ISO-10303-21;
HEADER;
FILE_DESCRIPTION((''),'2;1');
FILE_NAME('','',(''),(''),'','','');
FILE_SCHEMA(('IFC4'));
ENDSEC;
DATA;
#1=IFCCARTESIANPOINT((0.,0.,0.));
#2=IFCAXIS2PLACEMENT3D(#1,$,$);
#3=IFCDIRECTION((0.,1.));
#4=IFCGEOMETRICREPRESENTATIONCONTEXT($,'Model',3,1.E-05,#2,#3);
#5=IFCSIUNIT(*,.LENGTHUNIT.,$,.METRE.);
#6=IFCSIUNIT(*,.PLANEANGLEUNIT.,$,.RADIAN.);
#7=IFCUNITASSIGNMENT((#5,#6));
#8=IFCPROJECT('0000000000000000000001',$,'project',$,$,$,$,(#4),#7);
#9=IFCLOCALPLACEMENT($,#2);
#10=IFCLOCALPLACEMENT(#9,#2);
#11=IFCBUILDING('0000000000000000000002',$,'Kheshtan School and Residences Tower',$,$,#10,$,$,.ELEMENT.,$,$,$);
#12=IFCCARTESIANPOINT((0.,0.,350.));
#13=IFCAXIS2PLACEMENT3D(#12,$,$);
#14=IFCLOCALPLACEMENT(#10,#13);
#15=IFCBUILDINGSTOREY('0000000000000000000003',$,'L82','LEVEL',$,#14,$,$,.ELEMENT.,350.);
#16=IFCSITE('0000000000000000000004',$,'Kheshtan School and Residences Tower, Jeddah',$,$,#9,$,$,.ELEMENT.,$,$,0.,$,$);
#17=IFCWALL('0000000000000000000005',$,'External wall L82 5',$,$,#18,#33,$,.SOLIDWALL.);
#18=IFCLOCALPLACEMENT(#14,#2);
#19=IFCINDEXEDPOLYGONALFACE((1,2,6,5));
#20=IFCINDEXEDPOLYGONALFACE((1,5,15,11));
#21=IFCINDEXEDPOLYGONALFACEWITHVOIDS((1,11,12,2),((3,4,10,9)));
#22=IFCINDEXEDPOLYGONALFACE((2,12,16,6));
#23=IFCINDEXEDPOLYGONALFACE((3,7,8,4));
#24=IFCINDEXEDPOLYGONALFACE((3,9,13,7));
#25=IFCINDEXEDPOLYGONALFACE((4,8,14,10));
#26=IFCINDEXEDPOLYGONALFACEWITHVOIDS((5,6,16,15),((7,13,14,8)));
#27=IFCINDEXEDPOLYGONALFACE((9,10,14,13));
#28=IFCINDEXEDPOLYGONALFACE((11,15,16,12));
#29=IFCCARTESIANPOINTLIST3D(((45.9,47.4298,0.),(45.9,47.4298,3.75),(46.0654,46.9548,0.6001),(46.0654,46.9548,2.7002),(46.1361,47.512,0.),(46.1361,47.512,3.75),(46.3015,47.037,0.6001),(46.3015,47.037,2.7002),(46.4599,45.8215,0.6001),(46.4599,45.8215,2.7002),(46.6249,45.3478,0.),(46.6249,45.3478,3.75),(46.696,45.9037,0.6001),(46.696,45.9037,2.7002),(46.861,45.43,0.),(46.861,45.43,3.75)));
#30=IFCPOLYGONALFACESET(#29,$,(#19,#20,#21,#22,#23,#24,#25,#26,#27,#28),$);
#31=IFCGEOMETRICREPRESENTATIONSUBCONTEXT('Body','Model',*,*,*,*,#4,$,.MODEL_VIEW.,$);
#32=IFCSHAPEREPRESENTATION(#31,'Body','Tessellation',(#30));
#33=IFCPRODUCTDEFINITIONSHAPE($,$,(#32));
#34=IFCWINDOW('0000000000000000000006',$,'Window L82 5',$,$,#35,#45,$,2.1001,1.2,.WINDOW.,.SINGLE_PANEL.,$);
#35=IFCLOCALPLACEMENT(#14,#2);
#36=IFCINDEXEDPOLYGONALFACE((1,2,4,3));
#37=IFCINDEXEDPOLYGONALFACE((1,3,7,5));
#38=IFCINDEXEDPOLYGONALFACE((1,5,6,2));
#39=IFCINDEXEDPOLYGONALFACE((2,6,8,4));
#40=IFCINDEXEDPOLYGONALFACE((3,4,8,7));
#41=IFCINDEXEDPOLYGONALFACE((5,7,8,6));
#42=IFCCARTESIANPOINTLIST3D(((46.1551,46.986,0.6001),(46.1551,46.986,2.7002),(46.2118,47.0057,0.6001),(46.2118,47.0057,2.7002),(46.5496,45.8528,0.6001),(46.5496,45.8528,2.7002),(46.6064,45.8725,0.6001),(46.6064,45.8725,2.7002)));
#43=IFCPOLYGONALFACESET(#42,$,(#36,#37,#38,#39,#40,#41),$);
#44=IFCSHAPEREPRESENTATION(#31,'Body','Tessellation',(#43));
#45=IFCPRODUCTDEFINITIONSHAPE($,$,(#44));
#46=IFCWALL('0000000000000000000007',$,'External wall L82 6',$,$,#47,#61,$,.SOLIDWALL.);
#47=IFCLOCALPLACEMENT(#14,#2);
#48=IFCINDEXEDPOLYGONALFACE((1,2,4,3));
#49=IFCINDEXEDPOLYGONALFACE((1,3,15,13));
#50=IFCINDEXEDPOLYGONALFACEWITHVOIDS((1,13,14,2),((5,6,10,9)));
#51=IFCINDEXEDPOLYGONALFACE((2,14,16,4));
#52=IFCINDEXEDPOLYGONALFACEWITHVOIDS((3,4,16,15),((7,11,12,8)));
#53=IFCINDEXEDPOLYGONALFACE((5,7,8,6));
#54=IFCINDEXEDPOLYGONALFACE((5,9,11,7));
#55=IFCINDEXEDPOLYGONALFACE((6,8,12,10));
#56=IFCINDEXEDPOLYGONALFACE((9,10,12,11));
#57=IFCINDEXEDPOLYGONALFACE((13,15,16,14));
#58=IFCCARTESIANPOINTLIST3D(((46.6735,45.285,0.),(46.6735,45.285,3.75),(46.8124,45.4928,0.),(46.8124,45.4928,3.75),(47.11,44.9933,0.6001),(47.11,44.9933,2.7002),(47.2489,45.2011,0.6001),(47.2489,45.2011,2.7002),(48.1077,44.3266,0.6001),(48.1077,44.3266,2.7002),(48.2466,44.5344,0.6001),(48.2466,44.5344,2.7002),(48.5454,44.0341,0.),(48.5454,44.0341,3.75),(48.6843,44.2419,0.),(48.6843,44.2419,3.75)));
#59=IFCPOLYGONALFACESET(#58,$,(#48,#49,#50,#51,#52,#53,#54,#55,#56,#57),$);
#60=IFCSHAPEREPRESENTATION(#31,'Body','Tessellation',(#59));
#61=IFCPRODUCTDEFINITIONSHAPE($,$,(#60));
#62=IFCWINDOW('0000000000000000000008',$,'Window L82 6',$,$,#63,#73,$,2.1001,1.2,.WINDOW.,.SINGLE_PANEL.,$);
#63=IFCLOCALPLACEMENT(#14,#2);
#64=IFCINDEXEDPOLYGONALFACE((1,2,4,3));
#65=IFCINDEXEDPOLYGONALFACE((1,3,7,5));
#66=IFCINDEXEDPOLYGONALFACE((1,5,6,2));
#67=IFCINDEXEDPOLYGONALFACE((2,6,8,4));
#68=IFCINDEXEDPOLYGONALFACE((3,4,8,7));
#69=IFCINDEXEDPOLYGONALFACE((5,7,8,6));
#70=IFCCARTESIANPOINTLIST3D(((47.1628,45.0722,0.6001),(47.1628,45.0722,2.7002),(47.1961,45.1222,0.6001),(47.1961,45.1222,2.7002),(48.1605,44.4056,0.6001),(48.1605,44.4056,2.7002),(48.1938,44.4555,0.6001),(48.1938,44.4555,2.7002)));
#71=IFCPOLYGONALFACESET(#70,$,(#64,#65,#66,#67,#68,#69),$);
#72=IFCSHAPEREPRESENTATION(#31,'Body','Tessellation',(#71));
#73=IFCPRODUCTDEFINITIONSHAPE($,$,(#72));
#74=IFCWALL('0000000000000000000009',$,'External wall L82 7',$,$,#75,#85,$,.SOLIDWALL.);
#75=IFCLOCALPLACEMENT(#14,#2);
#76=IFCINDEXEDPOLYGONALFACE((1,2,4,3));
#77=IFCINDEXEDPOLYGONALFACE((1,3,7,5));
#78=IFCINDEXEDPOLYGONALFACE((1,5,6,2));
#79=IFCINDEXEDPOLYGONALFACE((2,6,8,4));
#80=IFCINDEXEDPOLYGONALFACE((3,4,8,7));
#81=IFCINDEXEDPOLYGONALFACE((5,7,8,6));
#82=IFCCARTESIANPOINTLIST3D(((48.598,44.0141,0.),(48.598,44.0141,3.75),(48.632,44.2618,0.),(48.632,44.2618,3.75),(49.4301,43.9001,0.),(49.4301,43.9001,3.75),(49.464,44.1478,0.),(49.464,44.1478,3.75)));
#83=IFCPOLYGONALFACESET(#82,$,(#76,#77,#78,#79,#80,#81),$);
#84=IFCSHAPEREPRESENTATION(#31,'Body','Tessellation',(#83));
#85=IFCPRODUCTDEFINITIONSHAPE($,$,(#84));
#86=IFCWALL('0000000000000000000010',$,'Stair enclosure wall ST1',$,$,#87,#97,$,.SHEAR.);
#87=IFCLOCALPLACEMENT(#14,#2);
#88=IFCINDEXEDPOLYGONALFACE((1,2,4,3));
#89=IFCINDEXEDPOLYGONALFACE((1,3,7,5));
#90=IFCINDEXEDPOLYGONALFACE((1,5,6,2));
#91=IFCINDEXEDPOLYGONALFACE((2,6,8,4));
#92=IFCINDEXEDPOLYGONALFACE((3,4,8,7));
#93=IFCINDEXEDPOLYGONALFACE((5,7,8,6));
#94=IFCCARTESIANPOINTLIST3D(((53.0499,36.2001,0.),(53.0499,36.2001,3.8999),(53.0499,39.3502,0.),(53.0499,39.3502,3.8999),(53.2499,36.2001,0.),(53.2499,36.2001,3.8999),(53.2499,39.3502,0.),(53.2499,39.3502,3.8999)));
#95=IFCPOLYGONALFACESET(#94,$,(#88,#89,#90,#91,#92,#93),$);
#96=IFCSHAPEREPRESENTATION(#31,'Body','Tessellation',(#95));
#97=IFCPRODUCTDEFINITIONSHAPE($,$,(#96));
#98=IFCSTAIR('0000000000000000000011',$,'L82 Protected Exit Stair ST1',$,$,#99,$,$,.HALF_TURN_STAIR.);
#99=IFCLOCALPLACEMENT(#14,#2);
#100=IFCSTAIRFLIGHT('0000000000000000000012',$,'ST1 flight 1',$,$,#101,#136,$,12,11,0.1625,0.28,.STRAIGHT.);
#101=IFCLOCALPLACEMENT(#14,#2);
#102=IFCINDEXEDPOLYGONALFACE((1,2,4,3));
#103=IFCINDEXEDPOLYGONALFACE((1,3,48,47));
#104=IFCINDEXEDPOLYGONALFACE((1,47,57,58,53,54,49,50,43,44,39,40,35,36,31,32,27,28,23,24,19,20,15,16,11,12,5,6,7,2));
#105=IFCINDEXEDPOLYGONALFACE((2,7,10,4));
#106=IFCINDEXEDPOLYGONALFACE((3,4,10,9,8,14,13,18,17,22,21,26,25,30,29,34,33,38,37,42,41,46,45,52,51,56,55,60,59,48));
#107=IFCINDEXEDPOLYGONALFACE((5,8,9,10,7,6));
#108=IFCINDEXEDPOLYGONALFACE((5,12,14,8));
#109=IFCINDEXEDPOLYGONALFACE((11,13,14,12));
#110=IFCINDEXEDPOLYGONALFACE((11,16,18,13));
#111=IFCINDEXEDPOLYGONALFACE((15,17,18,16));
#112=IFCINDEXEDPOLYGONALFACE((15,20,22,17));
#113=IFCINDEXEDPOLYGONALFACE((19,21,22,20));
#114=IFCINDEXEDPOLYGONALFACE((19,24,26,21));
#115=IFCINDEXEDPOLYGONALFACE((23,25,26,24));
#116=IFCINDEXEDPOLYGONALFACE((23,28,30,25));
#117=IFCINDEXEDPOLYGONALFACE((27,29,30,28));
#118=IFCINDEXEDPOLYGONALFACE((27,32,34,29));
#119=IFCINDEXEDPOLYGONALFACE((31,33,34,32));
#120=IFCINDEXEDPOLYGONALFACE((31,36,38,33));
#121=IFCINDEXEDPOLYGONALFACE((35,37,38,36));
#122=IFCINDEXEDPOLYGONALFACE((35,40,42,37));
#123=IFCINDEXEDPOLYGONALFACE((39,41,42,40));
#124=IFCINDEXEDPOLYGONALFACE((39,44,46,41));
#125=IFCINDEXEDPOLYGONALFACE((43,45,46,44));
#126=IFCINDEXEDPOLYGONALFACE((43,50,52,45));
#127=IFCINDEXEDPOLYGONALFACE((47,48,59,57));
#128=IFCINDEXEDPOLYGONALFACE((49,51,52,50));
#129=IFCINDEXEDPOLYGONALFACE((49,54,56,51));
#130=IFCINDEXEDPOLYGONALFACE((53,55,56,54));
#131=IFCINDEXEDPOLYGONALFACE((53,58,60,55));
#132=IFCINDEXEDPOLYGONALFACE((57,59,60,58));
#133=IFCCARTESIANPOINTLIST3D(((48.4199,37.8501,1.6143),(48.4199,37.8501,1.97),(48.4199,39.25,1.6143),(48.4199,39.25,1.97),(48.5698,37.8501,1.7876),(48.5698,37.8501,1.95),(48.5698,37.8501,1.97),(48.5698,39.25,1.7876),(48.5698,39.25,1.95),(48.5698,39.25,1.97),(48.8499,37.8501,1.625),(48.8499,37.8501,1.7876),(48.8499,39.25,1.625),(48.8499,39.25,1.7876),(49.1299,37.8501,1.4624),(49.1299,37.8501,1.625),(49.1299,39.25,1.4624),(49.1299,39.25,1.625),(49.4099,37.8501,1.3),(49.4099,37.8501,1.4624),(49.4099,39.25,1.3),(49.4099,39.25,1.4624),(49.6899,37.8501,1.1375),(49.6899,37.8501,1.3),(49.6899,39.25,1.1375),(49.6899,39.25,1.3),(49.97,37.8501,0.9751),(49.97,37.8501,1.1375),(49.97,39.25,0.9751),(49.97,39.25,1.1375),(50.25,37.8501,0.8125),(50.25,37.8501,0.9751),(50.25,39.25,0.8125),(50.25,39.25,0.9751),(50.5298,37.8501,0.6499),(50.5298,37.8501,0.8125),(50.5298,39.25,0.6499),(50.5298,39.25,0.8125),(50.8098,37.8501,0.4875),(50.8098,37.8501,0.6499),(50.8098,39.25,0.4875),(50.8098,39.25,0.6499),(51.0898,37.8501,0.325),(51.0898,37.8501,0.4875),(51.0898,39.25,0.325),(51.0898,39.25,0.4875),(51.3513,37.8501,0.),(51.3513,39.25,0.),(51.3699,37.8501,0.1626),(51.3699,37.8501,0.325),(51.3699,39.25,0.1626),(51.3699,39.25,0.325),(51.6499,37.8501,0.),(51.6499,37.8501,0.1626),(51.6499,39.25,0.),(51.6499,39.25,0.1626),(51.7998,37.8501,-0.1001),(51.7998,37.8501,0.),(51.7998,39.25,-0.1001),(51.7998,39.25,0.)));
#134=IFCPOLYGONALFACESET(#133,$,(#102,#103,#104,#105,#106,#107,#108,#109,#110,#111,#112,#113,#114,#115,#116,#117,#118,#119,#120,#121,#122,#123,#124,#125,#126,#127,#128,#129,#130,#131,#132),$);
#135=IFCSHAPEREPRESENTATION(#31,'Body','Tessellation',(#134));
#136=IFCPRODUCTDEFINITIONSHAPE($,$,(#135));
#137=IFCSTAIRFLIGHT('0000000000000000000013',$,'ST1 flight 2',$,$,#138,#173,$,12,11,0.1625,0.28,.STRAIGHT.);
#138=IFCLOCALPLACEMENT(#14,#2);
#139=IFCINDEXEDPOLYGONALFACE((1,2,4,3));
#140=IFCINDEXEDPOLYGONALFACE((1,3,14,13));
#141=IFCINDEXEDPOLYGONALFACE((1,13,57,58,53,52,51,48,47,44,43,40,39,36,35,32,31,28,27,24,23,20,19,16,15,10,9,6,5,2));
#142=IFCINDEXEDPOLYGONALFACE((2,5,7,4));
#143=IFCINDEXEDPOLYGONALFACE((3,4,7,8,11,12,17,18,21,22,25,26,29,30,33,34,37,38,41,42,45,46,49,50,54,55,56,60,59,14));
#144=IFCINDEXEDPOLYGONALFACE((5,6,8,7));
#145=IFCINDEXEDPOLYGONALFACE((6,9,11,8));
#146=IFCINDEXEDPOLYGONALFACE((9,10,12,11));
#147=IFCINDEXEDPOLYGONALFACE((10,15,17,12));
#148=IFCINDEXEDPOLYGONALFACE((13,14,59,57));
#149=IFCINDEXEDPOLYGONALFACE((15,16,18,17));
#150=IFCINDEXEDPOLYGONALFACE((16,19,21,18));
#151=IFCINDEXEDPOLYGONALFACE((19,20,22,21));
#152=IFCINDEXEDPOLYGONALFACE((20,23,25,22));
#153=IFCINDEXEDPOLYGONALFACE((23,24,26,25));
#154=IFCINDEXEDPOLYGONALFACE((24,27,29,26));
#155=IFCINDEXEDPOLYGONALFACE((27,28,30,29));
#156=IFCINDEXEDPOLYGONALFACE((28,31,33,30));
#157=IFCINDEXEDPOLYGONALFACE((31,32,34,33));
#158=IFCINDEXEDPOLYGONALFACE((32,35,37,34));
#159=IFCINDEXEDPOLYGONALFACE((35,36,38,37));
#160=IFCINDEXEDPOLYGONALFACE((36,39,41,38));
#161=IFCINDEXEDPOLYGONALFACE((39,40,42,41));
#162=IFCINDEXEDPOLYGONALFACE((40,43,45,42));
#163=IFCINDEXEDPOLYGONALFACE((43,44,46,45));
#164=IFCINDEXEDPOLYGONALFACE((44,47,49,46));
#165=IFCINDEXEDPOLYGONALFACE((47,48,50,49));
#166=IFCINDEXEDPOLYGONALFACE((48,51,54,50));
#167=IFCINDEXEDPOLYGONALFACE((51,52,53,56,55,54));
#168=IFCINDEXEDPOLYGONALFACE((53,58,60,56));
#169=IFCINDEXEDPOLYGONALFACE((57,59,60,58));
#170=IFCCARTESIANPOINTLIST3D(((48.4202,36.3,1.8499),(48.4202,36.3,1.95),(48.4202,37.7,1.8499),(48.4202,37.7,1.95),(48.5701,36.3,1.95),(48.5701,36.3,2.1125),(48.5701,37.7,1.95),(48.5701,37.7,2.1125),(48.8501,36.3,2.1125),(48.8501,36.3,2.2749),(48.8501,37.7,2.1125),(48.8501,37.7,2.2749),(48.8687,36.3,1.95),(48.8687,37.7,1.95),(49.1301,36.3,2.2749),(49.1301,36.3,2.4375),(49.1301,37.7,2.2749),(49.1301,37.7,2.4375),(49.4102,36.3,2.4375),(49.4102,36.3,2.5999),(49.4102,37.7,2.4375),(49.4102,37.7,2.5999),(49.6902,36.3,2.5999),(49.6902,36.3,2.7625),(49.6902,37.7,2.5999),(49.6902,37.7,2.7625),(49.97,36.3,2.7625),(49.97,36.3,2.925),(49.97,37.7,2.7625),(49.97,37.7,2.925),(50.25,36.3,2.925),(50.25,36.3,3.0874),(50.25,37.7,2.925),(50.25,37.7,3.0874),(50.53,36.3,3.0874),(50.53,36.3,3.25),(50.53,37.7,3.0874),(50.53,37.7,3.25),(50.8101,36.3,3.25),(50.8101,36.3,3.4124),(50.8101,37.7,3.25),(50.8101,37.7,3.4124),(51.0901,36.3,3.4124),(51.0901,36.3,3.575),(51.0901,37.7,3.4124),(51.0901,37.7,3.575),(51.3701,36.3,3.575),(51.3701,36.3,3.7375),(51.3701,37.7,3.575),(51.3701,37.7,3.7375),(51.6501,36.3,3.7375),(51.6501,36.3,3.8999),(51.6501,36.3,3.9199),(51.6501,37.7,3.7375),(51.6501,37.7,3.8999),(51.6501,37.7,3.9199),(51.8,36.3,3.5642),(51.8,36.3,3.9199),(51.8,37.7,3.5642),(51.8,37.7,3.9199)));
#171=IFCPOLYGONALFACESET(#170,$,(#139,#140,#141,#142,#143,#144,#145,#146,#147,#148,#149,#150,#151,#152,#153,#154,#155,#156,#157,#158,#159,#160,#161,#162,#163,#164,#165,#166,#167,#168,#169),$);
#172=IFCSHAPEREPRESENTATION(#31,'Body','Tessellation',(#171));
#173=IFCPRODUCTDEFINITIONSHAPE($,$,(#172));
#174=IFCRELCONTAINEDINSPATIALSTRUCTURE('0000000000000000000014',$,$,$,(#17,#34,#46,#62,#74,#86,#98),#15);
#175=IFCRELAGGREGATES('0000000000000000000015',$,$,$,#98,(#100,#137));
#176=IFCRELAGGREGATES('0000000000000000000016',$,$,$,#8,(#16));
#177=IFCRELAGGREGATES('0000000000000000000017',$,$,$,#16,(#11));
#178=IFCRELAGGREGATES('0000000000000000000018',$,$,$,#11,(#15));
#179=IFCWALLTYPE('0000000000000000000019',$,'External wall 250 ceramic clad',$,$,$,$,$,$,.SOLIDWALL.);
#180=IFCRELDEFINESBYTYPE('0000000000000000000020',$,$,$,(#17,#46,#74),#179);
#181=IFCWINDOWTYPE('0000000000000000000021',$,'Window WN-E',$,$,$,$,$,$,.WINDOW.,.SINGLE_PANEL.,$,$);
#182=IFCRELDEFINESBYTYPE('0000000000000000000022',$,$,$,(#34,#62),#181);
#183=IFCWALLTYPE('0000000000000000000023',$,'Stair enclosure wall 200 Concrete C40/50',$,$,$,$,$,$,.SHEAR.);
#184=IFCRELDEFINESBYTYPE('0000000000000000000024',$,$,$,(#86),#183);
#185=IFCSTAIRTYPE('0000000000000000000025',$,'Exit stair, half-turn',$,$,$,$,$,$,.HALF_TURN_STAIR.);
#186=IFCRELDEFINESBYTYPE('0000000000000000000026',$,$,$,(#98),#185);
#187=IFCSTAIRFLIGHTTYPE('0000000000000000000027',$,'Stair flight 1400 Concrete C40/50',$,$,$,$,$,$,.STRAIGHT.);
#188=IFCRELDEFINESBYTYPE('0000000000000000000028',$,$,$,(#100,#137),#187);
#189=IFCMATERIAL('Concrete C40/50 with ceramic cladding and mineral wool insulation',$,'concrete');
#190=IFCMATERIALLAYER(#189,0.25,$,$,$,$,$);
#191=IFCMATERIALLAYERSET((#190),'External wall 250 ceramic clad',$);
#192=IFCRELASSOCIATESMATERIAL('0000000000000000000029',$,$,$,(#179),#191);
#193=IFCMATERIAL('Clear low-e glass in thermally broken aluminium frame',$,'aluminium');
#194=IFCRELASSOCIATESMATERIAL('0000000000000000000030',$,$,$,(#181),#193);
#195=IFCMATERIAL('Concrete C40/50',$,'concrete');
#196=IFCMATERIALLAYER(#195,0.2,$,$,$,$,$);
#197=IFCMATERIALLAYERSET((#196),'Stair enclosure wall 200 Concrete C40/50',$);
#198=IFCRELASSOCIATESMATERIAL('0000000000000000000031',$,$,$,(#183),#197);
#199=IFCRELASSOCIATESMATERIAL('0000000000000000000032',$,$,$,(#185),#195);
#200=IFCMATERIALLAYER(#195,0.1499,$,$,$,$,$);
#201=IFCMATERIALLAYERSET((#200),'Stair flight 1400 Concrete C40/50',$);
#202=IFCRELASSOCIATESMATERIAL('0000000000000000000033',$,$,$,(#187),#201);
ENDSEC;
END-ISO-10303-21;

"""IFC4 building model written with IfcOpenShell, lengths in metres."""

from ifc_helpers import new_model, si_unit, direction, frame, frame_2d, origin, place, context, subcontext, project, spatial, polyline, rectangle, outline, extrude, source, transform, mapped, material, layer, layer_set, type_object, element, fill, aggregate, save


model = new_model("IFC4")

# Units and contexts
model_context = context("Model", 3, precision=1e-05, world=origin(), true_north=direction((0.0, 1.0)))
body_context = subcontext(model_context, "Body", "Model", "MODEL_VIEW")
ifc_project = project(units=[si_unit("LENGTHUNIT", "METRE"), si_unit("PLANEANGLEUNIT", "RADIAN")], contexts=[model_context])

# Site, building, storey
site_placement = place(None, origin())
site = spatial("IfcSite", under=ifc_project, at=site_placement, Name="Kheshtan School and Residences Tower, Jeddah", CompositionType="ELEMENT", RefElevation=0.0)
building_placement = place(site_placement, origin())
building = spatial("IfcBuilding", under=site, at=building_placement, Name="Kheshtan School and Residences Tower", CompositionType="ELEMENT")
storey_placement = place(building_placement, frame((0.0, 0.0, 350.0)))
storey = spatial("IfcBuildingStorey", under=building, at=storey_placement, Name="L82", Description="LEVEL", CompositionType="ELEMENT", Elevation=350.0)

# Shared definitions
ifc_material_1 = material(Name="Clear low-e glass in thermally broken aluminium frame", Category="aluminium")

# Walls, openings, windows
ifc_material_2 = material(Name="Concrete C40/50 with ceramic cladding and mineral wool insulation", Category="concrete")
ifc_layer_1 = layer(ifc_material_2, 0.25)
ifc_layer_set_1 = layer_set([ifc_layer_1], Name="External wall 250 ceramic clad")
wall_type_1 = type_object("IfcWallType", Name="External wall 250 ceramic clad", PredefinedType="SOLIDWALL", material=ifc_layer_set_1)
wall_1_placement = place(storey_placement, frame((46.0181, 47.4709, 0.0), z_axis=(0.0, 0.0, 1.0), x_axis=(0.328791, -0.944403, 0.0)))
wall_1 = element("IfcWall", 1, at=wall_1_placement, inside=storey, type_object=wall_type_1, Name="External wall L82 5", PredefinedType="SOLIDWALL", context=body_context, shape_type="SweptSolid", body=[
    extrude(rectangle(XDim=2.2046, YDim=0.25, at=frame_2d((1.1023, 0.0))), origin(), (0.0, 0.0, 1.0), 3.75),
])
opening_1_placement = place(wall_1_placement, frame((0.5029, 0.0, 0.6001)))
opening_1 = element("IfcOpeningElement", 2, at=opening_1_placement, cuts=wall_1, PredefinedType="OPENING", context=body_context, shape_type="SweptSolid", body=[
    extrude(rectangle(XDim=1.2, YDim=2.1001, at=frame_2d((0.6001, 1.05))), frame((0.0, 0.135, 0.0), z_axis=(0.0, -1.0, 0.0), x_axis=(1.0, 0.0, 0.0)), (0.0, 0.0, 1.0), 0.27),
])
window_type = type_object("IfcWindowType", Name="Window WN-E", PartitioningType="SINGLE_PANEL", PredefinedType="WINDOW", material=ifc_material_1)
shared_shape_1 = source(origin(), body_context, "Body", "SweptSolid", [
    extrude(rectangle(XDim=1.2, YDim=2.1001, at=frame_2d((0.6001, 1.05))), frame((0.0, 0.03, 0.0), z_axis=(0.0, -1.0, 0.0), x_axis=(1.0, 0.0, 0.0)), (0.0, 0.0, 1.0), 0.0601),
])
window_1_placement = place(opening_1_placement, origin())
window_1 = element("IfcWindow", 3, at=window_1_placement, inside=storey, type_object=window_type, Name="Window L82 5", OverallHeight=2.1001, OverallWidth=1.2, PartitioningType="SINGLE_PANEL", PredefinedType="WINDOW", context=body_context, shape_type="MappedRepresentation", body=[
    mapped(shared_shape_1, transform((0.0, 0.0, 0.0), x_axis=(1.0, 0.0, 0.0), y_axis=(0.0, 1.0, 0.0), z_axis=(0.0, 0.0, 1.0), scale=1.0)),
])
fill(opening_1, window_1)
wall_2_placement = place(storey_placement, frame((46.7429, 45.3889, 0.0), z_axis=(0.0, 0.0, 1.0), x_axis=(0.831449, -0.555601, 0.0)))
wall_2 = element("IfcWall", 4, at=wall_2_placement, inside=storey, type_object=wall_type_1, Name="External wall L82 6", PredefinedType="SOLIDWALL", context=body_context, shape_type="SweptSolid", body=[
    extrude(rectangle(XDim=2.2515, YDim=0.25, at=frame_2d((1.1257, 0.0))), origin(), (0.0, 0.0, 1.0), 3.75),
])
opening_2_placement = place(wall_2_placement, frame((0.5249, 0.0, 0.6001)))
opening_2 = element("IfcOpeningElement", 5, at=opening_2_placement, cuts=wall_2, PredefinedType="OPENING", context=body_context, shape_type="SweptSolid", body=[
    extrude(rectangle(XDim=1.2, YDim=2.1001, at=frame_2d((0.6001, 1.05))), frame((0.0, 0.135, 0.0), z_axis=(0.0, -1.0, 0.0), x_axis=(1.0, 0.0, 0.0)), (0.0, 0.0, 1.0), 0.27),
])
window_2_placement = place(opening_2_placement, origin())
window_2 = element("IfcWindow", 6, at=window_2_placement, inside=storey, type_object=window_type, Name="Window L82 6", OverallHeight=2.1001, OverallWidth=1.2, PartitioningType="SINGLE_PANEL", PredefinedType="WINDOW", context=body_context, shape_type="MappedRepresentation", body=[
    mapped(shared_shape_1, transform((0.0, 0.0, 0.0), x_axis=(1.0, 0.0, 0.0), y_axis=(0.0, 1.0, 0.0), z_axis=(0.0, 0.0, 1.0), scale=1.0)),
])
fill(opening_2, window_2)

# Wall
wall_3_placement = place(storey_placement, frame((48.615, 44.1379, 0.0), z_axis=(0.0, 0.0, 1.0), x_axis=(0.990742, -0.135762, 0.0)))
element("IfcWall", 7, at=wall_3_placement, inside=storey, type_object=wall_type_1, Name="External wall L82 7", PredefinedType="SOLIDWALL", context=body_context, shape_type="SweptSolid", body=[
    extrude(rectangle(XDim=0.8398, YDim=0.25, at=frame_2d((0.4199, 0.0))), origin(), (0.0, 0.0, 1.0), 3.75),
])

# Wall
ifc_material_3 = material(Name="Concrete C40/50", Category="concrete")
ifc_layer_2 = layer(ifc_material_3, 0.2)
ifc_layer_set_2 = layer_set([ifc_layer_2], Name="Stair enclosure wall 200 Concrete C40/50")
wall_type_2 = type_object("IfcWallType", Name="Stair enclosure wall 200 Concrete C40/50", PredefinedType="SHEAR", material=ifc_layer_set_2)
wall_4_placement = place(storey_placement, frame((53.1499, 36.2, 0.0), z_axis=(0.0, 0.0, 1.0), x_axis=(0.0, 1.0, 0.0)))
element("IfcWall", 8, at=wall_4_placement, inside=storey, type_object=wall_type_2, Name="Stair enclosure wall ST1", PredefinedType="SHEAR", context=body_context, shape_type="SweptSolid", body=[
    extrude(rectangle(XDim=3.1501, YDim=0.2, at=frame_2d((1.5752, 0.0))), origin(), (0.0, 0.0, 1.0), 3.8999),
])

# Stair, stair flights
stair_type = type_object("IfcStairType", Name="Exit stair, half-turn", PredefinedType="HALF_TURN_STAIR", material=ifc_material_3)
stair_placement = place(storey_placement, origin())
stair = element("IfcStair", 9, at=stair_placement, inside=storey, type_object=stair_type, Name="L82 Protected Exit Stair ST1", PredefinedType="HALF_TURN_STAIR")
ifc_layer_3 = layer(ifc_material_3, 0.1499)
ifc_layer_set_3 = layer_set([ifc_layer_3], Name="Stair flight 1400 Concrete C40/50")
stair_flight_type = type_object("IfcStairFlightType", Name="Stair flight 1400 Concrete C40/50", PredefinedType="STRAIGHT", material=ifc_layer_set_3)
stair_flight_1_placement = place(storey_placement, frame((51.6499, 38.55, 0.0), z_axis=(0.0, 0.0, 1.0), x_axis=(-1.0, 0.0, 0.0)))
stair_flight_1 = element("IfcStairFlight", 10, at=stair_flight_1_placement, type_object=stair_flight_type, Name="ST1 flight 1", NumberOfRisers=12, NumberOfTreads=11, PredefinedType="STRAIGHT", RiserHeight=0.1625, TreadLength=0.28, context=body_context, shape_type="SweptSolid", body=[
    extrude(outline(polyline([(-0.1499, -0.1001), (-0.1499, 0.0), (0.0, 0.0), (0.0, 0.1626), (0.28, 0.1626), (0.28, 0.325), (0.5601, 0.325), (0.5601, 0.4875), (0.8401, 0.4875), (0.8401, 0.6499), (1.1201, 0.6499), (1.1201, 0.8125), (1.3999, 0.8125), (1.3999, 0.9751), (1.6799, 0.9751), (1.6799, 1.1375), (1.96, 1.1375), (1.96, 1.3), (2.24, 1.3), (2.24, 1.4624), (2.52, 1.4624), (2.52, 1.625), (2.8, 1.625), (2.8, 1.7876), (3.0801, 1.7876), (3.0801, 1.95), (3.0801, 1.97), (3.23, 1.97), (3.23, 1.6143), (0.2986, 0.0), (-0.1499, -0.1001)])), frame((0.0, 0.7, 0.0), z_axis=(0.0, -1.0, 0.0), x_axis=(1.0, 0.0, 0.0)), (0.0, 0.0, 1.0), 1.3999),
])
stair_flight_2_placement = place(storey_placement, frame((48.5701, 37.0, 1.95), z_axis=(0.0, 0.0, 1.0), x_axis=(1.0, 0.0, 0.0)))
stair_flight_2 = element("IfcStairFlight", 11, at=stair_flight_2_placement, type_object=stair_flight_type, Name="ST1 flight 2", NumberOfRisers=12, NumberOfTreads=11, PredefinedType="STRAIGHT", RiserHeight=0.1625, TreadLength=0.28, context=body_context, shape_type="SweptSolid", body=[
    extrude(outline(polyline([(-0.1499, -0.1001), (-0.1499, 0.0), (0.0, 0.0), (0.0, 0.1626), (0.28, 0.1626), (0.28, 0.325), (0.5601, 0.325), (0.5601, 0.4875), (0.8401, 0.4875), (0.8401, 0.6499), (1.1201, 0.6499), (1.1201, 0.8125), (1.3999, 0.8125), (1.3999, 0.9751), (1.6799, 0.9751), (1.6799, 1.1375), (1.96, 1.1375), (1.96, 1.3), (2.24, 1.3), (2.24, 1.4624), (2.52, 1.4624), (2.52, 1.625), (2.8, 1.625), (2.8, 1.7876), (3.0801, 1.7876), (3.0801, 1.95), (3.0801, 1.97), (3.23, 1.97), (3.23, 1.6143), (0.2986, 0.0), (-0.1499, -0.1001)])), frame((0.0, 0.7, 0.0), z_axis=(0.0, -1.0, 0.0), x_axis=(1.0, 0.0, 0.0)), (0.0, 0.0, 1.0), 1.3999),
])
aggregate(stair, [stair_flight_1, stair_flight_2])

save(model, "model.ifc")
